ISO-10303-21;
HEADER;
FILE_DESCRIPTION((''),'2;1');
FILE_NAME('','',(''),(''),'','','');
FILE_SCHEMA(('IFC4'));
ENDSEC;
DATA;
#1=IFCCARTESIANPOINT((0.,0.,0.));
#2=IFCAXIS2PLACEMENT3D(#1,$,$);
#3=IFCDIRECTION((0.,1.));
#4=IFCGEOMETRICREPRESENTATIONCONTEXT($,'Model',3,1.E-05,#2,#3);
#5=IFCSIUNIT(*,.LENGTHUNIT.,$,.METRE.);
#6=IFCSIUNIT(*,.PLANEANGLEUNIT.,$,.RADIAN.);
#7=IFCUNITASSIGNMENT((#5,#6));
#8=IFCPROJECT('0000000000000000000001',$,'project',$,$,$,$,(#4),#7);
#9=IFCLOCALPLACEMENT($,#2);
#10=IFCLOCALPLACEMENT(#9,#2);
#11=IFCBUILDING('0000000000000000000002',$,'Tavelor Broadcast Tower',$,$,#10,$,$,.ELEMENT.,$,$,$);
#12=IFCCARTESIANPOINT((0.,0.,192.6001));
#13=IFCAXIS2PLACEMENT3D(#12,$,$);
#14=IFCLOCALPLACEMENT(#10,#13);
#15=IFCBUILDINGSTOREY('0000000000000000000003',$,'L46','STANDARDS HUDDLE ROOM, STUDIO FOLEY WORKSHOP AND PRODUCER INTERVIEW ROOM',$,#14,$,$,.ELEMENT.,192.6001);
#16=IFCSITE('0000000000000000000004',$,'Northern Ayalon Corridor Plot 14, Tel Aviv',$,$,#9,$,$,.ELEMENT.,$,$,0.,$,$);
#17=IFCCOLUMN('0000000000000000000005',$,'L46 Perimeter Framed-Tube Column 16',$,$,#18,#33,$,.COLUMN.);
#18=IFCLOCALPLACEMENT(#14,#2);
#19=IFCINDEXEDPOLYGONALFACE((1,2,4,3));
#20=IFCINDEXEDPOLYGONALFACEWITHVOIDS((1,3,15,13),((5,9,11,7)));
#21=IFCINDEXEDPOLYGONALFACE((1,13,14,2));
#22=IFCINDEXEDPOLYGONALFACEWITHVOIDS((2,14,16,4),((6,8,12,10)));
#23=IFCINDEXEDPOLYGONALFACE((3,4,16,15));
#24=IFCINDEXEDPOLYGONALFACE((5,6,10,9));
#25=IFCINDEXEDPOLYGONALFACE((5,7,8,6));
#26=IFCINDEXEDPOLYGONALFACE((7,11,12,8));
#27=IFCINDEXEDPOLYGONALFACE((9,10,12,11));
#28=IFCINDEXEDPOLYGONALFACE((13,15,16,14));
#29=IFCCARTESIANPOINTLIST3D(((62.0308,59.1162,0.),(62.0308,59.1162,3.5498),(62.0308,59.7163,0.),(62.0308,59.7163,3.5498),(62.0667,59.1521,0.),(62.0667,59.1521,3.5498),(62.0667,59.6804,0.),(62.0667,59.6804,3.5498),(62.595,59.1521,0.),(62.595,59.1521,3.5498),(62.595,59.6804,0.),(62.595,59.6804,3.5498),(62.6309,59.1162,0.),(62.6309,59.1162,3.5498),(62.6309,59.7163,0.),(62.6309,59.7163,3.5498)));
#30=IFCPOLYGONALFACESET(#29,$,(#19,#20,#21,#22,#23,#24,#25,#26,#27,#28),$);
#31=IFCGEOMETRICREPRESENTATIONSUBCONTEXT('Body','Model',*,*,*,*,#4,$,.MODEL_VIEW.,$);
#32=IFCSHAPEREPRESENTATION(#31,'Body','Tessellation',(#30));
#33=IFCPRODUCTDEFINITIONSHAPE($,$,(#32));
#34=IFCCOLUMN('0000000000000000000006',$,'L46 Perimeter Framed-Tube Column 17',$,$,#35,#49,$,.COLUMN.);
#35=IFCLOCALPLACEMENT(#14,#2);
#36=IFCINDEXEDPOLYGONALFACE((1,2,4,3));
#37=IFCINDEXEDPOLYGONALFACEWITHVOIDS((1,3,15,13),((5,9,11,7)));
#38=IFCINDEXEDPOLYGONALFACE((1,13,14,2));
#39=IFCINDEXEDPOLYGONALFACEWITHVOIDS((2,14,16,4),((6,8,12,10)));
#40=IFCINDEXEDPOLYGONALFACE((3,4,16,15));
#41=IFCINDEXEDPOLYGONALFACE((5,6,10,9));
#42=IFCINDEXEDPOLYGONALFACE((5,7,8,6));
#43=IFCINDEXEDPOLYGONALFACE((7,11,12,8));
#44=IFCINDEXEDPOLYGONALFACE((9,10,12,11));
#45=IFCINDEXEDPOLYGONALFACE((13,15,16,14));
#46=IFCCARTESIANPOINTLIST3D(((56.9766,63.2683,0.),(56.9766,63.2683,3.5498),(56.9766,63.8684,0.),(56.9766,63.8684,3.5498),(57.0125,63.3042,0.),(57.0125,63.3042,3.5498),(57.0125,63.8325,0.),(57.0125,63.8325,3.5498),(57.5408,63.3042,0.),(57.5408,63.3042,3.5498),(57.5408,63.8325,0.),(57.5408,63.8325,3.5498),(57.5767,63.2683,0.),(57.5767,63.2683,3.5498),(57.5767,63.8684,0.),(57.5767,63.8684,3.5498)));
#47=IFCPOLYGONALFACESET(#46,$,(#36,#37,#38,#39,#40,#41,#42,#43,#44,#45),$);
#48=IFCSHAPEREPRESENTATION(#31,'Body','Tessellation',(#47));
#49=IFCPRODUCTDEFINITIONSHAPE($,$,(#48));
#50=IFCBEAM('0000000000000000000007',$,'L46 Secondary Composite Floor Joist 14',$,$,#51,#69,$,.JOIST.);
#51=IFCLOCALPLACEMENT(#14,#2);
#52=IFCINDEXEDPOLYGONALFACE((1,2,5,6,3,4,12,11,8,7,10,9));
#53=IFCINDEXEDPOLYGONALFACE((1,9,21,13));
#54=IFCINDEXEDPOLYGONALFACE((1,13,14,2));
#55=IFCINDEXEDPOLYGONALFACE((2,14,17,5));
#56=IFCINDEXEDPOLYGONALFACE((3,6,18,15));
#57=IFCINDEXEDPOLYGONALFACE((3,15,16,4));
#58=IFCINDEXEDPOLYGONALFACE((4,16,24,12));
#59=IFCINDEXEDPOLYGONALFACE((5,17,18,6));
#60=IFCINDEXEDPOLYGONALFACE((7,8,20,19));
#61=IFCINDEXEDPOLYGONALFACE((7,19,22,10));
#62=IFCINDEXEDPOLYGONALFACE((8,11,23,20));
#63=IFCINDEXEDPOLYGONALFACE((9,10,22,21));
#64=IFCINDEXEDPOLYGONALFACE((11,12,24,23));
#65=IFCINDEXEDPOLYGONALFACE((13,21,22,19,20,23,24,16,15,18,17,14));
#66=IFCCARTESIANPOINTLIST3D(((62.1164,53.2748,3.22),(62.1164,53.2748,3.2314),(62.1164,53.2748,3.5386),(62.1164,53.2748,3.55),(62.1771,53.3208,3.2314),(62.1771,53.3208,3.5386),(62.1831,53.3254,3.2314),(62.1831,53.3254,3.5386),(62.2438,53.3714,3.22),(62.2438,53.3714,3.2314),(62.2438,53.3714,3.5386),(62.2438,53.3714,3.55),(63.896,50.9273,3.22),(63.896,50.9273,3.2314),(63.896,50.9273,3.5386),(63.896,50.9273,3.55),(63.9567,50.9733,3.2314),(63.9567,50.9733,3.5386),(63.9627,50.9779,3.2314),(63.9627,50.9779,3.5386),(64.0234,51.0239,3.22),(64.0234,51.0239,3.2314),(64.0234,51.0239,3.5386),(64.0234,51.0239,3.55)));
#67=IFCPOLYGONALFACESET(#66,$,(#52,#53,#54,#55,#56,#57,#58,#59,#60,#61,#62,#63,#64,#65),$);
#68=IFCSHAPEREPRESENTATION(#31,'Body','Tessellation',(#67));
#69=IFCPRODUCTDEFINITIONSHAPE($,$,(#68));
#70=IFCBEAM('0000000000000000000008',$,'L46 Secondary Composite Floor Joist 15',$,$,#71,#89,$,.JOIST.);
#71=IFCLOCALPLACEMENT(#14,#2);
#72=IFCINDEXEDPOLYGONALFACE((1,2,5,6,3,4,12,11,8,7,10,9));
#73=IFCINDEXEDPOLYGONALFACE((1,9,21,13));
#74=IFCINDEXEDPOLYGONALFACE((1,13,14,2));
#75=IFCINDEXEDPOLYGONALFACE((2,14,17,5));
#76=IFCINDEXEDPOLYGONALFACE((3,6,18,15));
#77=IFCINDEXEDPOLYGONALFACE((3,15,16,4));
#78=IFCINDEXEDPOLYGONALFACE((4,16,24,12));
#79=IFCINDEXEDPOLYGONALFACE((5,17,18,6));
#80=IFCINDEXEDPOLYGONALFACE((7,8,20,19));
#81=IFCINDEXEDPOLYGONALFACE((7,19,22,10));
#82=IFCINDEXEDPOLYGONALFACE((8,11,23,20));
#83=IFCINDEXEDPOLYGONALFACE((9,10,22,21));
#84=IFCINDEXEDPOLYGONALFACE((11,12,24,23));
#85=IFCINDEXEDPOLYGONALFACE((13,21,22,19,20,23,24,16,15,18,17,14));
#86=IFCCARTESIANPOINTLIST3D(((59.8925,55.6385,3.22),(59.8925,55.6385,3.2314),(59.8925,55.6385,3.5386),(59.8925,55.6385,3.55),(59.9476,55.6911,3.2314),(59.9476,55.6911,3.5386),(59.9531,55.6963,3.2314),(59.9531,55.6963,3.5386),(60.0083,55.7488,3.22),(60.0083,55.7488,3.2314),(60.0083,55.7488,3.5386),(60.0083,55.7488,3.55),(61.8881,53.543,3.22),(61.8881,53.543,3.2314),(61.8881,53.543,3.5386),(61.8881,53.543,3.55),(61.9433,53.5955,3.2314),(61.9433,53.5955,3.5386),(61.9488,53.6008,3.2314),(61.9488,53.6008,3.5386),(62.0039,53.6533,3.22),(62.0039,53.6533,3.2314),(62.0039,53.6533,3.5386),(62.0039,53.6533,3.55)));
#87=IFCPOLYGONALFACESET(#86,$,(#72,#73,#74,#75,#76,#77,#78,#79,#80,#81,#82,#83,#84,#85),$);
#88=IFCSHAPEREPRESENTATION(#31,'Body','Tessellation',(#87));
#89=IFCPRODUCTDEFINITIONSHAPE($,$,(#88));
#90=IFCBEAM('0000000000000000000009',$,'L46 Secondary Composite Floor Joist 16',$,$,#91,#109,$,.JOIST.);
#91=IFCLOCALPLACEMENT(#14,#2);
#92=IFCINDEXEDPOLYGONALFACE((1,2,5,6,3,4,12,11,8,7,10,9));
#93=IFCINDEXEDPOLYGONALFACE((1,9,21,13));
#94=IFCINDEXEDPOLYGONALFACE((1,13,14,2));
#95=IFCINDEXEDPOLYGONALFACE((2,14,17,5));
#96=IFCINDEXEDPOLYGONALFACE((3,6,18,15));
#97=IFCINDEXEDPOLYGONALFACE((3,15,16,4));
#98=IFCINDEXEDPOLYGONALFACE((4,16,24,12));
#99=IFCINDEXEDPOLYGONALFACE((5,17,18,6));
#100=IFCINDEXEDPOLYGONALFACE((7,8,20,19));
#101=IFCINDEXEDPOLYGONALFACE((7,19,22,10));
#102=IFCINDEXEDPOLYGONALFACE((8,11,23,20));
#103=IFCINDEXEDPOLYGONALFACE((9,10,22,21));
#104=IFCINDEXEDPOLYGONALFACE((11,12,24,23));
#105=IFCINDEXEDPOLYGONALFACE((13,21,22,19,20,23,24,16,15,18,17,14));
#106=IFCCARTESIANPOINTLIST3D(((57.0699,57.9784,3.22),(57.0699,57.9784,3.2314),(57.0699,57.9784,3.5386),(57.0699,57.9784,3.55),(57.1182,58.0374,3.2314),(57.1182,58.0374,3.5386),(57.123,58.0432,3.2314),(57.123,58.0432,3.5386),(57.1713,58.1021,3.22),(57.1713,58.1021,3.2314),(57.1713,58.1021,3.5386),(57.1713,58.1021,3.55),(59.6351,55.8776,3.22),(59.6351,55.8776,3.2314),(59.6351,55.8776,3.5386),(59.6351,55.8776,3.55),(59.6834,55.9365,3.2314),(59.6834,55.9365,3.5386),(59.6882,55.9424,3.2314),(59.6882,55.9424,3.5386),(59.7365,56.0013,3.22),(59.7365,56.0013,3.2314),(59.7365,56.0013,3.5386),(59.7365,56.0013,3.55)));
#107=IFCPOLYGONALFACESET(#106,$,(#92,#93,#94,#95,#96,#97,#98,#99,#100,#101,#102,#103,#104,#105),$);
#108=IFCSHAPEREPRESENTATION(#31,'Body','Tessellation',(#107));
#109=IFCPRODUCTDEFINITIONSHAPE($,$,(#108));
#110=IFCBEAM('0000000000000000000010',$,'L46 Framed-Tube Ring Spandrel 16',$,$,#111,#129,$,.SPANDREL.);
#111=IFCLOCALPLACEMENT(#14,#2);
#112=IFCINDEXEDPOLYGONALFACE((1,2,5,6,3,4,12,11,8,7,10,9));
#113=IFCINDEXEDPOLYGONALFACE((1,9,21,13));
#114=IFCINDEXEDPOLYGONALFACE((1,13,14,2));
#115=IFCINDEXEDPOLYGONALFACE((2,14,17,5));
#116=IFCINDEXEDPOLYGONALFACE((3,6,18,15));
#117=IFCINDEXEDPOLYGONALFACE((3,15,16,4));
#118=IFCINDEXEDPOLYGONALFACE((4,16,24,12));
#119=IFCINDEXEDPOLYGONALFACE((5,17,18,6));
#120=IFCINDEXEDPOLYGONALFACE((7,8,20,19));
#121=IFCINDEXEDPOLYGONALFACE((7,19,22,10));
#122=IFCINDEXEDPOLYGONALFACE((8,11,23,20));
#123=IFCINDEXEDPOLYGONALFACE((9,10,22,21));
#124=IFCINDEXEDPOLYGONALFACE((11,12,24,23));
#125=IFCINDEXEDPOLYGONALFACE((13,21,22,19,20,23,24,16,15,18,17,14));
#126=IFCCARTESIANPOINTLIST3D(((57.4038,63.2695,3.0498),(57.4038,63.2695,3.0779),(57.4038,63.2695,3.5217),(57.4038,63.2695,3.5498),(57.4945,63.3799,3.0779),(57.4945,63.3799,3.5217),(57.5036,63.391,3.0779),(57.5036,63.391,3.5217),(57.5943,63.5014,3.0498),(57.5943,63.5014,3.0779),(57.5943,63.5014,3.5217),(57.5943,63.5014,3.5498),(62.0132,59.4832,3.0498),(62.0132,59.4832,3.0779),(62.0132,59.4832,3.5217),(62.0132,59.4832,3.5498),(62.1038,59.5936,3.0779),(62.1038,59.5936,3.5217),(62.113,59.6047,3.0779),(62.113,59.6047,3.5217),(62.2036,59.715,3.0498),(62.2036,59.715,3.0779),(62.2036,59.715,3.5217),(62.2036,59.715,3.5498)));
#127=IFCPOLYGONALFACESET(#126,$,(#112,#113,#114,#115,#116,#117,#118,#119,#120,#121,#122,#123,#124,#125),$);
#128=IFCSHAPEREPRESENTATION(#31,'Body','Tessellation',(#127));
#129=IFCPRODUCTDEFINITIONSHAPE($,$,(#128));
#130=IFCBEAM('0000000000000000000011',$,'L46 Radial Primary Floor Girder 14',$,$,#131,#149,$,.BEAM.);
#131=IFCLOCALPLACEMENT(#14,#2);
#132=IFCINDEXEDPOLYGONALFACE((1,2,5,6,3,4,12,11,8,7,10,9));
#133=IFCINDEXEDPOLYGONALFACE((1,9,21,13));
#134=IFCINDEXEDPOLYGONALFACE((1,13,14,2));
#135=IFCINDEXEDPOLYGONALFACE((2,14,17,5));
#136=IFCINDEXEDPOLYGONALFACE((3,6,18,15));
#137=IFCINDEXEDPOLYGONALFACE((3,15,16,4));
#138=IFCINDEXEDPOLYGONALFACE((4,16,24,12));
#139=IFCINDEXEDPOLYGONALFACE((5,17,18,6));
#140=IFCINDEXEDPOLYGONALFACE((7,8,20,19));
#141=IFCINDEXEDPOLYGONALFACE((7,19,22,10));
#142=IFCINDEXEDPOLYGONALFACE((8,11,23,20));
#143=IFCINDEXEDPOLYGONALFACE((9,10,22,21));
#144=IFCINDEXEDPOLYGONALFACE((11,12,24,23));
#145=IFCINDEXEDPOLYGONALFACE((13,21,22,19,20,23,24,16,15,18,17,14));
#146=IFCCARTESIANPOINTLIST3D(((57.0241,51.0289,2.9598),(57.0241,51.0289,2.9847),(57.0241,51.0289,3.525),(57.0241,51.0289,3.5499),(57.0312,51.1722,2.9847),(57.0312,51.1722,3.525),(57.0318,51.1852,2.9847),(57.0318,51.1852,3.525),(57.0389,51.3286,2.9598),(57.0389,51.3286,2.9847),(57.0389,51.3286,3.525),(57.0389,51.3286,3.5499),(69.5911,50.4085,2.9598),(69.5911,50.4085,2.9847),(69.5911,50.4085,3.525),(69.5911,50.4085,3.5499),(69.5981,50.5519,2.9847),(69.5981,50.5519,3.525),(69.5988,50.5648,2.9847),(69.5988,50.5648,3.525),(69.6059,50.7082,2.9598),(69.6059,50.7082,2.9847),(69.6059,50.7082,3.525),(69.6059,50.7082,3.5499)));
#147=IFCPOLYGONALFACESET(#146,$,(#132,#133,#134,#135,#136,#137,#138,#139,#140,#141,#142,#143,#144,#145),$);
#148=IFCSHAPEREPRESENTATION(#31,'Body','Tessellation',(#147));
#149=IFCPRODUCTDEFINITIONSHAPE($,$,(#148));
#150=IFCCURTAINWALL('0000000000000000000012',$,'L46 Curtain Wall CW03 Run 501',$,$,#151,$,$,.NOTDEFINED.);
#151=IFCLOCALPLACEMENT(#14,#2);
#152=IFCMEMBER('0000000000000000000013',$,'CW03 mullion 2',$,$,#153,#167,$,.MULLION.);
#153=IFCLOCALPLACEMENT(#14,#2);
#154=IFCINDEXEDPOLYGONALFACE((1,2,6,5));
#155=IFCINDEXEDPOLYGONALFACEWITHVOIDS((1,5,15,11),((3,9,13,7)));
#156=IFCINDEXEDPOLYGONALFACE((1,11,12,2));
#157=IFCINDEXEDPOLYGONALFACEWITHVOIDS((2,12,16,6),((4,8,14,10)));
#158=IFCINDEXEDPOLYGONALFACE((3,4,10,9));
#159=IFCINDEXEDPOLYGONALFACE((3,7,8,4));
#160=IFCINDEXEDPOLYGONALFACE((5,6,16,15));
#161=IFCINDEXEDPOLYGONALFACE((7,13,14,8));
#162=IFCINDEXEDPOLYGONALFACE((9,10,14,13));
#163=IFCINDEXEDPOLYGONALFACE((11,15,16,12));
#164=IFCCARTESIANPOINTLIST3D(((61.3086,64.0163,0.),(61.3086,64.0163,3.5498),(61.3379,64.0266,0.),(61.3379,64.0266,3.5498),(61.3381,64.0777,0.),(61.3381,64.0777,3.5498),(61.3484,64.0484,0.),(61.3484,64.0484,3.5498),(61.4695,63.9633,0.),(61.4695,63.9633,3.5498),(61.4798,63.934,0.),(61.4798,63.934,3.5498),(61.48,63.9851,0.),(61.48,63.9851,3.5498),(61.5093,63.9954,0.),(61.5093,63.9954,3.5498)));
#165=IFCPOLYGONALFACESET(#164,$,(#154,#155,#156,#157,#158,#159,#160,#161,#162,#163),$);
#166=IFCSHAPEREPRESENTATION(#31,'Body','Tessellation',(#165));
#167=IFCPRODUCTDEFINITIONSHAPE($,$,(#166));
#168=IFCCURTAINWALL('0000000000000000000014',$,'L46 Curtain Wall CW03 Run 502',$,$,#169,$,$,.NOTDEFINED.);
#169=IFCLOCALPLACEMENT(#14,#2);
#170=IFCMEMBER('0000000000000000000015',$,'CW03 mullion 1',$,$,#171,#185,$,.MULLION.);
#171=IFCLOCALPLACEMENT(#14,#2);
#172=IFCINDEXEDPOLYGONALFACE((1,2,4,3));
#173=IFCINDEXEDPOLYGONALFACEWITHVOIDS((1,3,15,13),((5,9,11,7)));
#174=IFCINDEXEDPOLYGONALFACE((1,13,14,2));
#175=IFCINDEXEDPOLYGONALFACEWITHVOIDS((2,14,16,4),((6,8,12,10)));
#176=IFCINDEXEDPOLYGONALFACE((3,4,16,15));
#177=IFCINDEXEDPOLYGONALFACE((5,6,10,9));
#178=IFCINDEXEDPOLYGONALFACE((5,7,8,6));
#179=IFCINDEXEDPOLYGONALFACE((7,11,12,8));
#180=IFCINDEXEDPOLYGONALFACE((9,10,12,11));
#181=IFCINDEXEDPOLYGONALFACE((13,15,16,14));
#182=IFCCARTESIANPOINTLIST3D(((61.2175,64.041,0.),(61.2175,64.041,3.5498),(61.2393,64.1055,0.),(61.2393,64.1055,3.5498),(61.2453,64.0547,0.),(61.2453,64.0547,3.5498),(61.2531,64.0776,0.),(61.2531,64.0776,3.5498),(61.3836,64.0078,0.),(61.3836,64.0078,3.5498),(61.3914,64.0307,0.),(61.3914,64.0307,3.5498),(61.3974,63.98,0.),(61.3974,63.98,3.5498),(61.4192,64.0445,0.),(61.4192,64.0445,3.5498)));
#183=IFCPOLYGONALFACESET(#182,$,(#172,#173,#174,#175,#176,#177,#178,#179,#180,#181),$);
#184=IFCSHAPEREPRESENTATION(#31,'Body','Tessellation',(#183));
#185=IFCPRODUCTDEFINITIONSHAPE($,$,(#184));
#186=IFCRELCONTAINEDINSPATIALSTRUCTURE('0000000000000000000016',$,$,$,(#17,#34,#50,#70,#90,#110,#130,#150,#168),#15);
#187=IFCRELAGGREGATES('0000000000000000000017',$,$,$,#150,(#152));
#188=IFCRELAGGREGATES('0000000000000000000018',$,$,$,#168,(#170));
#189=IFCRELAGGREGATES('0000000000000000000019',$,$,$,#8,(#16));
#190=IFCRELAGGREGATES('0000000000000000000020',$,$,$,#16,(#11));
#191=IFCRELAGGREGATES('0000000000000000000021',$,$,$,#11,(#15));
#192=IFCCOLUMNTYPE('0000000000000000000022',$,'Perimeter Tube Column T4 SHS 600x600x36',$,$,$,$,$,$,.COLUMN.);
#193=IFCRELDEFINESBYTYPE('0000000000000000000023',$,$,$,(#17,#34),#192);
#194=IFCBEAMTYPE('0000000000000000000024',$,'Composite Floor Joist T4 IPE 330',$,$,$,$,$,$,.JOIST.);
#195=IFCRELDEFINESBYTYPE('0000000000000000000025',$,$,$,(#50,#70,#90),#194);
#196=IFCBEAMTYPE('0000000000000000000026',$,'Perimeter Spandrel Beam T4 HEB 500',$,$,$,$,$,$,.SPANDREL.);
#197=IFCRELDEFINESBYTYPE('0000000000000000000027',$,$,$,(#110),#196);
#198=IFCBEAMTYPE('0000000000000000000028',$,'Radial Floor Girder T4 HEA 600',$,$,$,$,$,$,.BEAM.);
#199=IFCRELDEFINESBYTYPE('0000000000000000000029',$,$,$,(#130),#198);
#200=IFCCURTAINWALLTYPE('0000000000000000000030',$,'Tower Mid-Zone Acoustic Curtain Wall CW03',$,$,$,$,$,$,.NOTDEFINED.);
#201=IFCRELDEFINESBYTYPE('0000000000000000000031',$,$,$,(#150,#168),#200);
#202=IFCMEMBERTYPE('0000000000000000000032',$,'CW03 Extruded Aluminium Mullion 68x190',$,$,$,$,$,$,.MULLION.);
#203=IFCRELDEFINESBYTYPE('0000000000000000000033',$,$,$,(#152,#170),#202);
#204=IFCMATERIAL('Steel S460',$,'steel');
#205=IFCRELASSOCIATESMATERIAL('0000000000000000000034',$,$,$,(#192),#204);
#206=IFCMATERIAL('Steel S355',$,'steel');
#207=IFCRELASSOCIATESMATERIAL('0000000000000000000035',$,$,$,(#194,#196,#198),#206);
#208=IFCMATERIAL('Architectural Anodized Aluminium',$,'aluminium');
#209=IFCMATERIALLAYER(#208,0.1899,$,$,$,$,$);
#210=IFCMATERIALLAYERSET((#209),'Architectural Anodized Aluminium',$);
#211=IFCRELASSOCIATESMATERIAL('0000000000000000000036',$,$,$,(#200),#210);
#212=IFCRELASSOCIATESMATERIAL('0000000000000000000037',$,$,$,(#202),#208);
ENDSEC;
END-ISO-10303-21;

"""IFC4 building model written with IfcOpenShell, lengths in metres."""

from ifc_helpers import new_model, si_unit, direction, frame, origin, origin_2d, place, context, subcontext, project, spatial, hollow_rectangle, i_section, extrude, source, transform, mapped, material, layer, layer_set, material_profile, profile_set, type_object, type_shapes, element, aggregate, save


model = new_model("IFC4")

# Units and contexts
model_context = context("Model", 3, precision=1e-05, world=origin(), true_north=direction((0.0, 1.0)))
body_context = subcontext(model_context, "Body", "Model", "MODEL_VIEW")
ifc_project = project(units=[si_unit("LENGTHUNIT", "METRE"), si_unit("PLANEANGLEUNIT", "RADIAN")], contexts=[model_context])

# Site, building, storey
site_placement = place(None, origin())
site = spatial("IfcSite", under=ifc_project, at=site_placement, Name="Northern Ayalon Corridor Plot 14, Tel Aviv", CompositionType="ELEMENT", RefElevation=0.0)
building_placement = place(site_placement, origin())
building = spatial("IfcBuilding", under=site, at=building_placement, Name="Tavelor Broadcast Tower", CompositionType="ELEMENT")
storey_placement = place(building_placement, frame((0.0, 0.0, 192.6001)))
storey = spatial("IfcBuildingStorey", under=building, at=storey_placement, Name="L46", Description="STANDARDS HUDDLE ROOM, STUDIO FOLEY WORKSHOP AND PRODUCER INTERVIEW ROOM", CompositionType="ELEMENT", Elevation=192.6001)

# Columns
ifc_material_1 = material(Name="Steel S460", Category="steel")
ifc_material_profile_1 = material_profile(ifc_material_1, hollow_rectangle(XDim=0.6001, YDim=0.6001, WallThickness=0.0359, at=origin_2d()), Name="SHS 600x600x36")
ifc_profile_set_1 = profile_set([ifc_material_profile_1], Name="Steel S460")
column_type = type_object("IfcColumnType", Name="Perimeter Tube Column T4 SHS 600x600x36", PredefinedType="COLUMN", material=ifc_profile_set_1)
for number, where, z_axis, x_axis, name in (
    (1, (62.3308, 59.4163, 0.0), (0.0, 0.0, 1.0), (1.0, 0.0, 0.0), "L46 Perimeter Framed-Tube Column 16"),
    (2, (57.2766, 63.5684, 0.0), (0.0, 0.0, 1.0), (1.0, 0.0, 0.0), "L46 Perimeter Framed-Tube Column 17"),
):
    element("IfcColumn", number, at=place(storey_placement, frame(where, z_axis=z_axis, x_axis=x_axis)), inside=storey, type_object=column_type, Name=name, PredefinedType="COLUMN", context=body_context, shape_type="SweptSolid", body=[
        extrude(hollow_rectangle(XDim=0.6001, YDim=0.6001, WallThickness=0.0359, at=origin_2d()), origin(), (0.0, 0.0, 1.0), 3.5498),
    ])

# Beams
ifc_material_2 = material(Name="Steel S355", Category="steel")
ifc_material_profile_2 = material_profile(ifc_material_2, i_section(OverallWidth=0.1599, OverallDepth=0.3301, WebThickness=0.0076, FlangeThickness=0.0115, at=origin_2d()), Name="IPE 330")
ifc_profile_set_2 = profile_set([ifc_material_profile_2], Name="Steel S355")
beam_type_1 = type_object("IfcBeamType", Name="Composite Floor Joist T4 IPE 330", PredefinedType="JOIST", material=ifc_profile_set_2)
beam_1_placement = place(storey_placement, frame((63.9597, 50.9756, 3.385), z_axis=(-0.604116, 0.796896, 0.0), x_axis=(-0.796896, -0.604116, 0.0)))
element("IfcBeam", 3, at=beam_1_placement, inside=storey, type_object=beam_type_1, Name="L46 Secondary Composite Floor Joist 14", PredefinedType="JOIST", context=body_context, shape_type="SweptSolid", body=[
    extrude(i_section(OverallWidth=0.1599, OverallDepth=0.3301, WebThickness=0.0076, FlangeThickness=0.0115, at=origin_2d()), origin(), (0.0, 0.0, 1.0), 2.9458),
])
beam_2_placement = place(storey_placement, frame((61.946, 53.5981, 3.385), z_axis=(-0.689643, 0.72415, 0.0), x_axis=(-0.72415, -0.689643, 0.0)))
element("IfcBeam", 4, at=beam_2_placement, inside=storey, type_object=beam_type_1, Name="L46 Secondary Composite Floor Joist 15", PredefinedType="JOIST", context=body_context, shape_type="SweptSolid", body=[
    extrude(i_section(OverallWidth=0.1599, OverallDepth=0.3301, WebThickness=0.0076, FlangeThickness=0.0115, at=origin_2d()), origin(), (0.0, 0.0, 1.0), 2.8938),
])
beam_3_placement = place(storey_placement, frame((59.6858, 55.9395, 3.385), z_axis=(-0.773655, 0.633607, 0.0), x_axis=(-0.633607, -0.773655, 0.0)))
element("IfcBeam", 5, at=beam_3_placement, inside=storey, type_object=beam_type_1, Name="L46 Secondary Composite Floor Joist 16", PredefinedType="JOIST", context=body_context, shape_type="SweptSolid", body=[
    extrude(i_section(OverallWidth=0.1599, OverallDepth=0.3301, WebThickness=0.0076, FlangeThickness=0.0115, at=origin_2d()), origin(), (0.0, 0.0, 1.0), 3.3157),
])
ifc_material_profile_3 = material_profile(ifc_material_2, i_section(OverallWidth=0.3, OverallDepth=0.5, WebThickness=0.0144, FlangeThickness=0.0281, at=origin_2d()), Name="HEB 500")
ifc_profile_set_3 = profile_set([ifc_material_profile_3], Name="Steel S355")
beam_type_2 = type_object("IfcBeamType", Name="Perimeter Spandrel Beam T4 HEB 500", PredefinedType="SPANDREL", material=ifc_profile_set_3)
beam_4_placement = place(storey_placement, frame((62.1084, 59.5991, 3.2998), z_axis=(-0.772718, 0.63475, 0.0), x_axis=(-0.63475, -0.772718, 0.0)))
element("IfcBeam", 6, at=beam_4_placement, inside=storey, type_object=beam_type_2, Name="L46 Framed-Tube Ring Spandrel 16", PredefinedType="SPANDREL", context=body_context, shape_type="SweptSolid", body=[
    extrude(i_section(OverallWidth=0.3, OverallDepth=0.5, WebThickness=0.0144, FlangeThickness=0.0281, at=origin_2d()), origin(), (0.0, 0.0, 1.0), 5.9651),
])
ifc_material_profile_4 = material_profile(ifc_material_2, i_section(OverallWidth=0.3, OverallDepth=0.5901, WebThickness=0.0129, FlangeThickness=0.0249, at=origin_2d()), Name="HEA 600")
ifc_profile_set_4 = profile_set([ifc_material_profile_4], Name="Steel S355")
beam_type_3 = type_object("IfcBeamType", Name="Radial Floor Girder T4 HEA 600", PredefinedType="BEAM", material=ifc_profile_set_4)
beam_5_placement = place(storey_placement, frame((57.0315, 51.1787, 3.2549), z_axis=(0.998784, -0.049305, 0.0), x_axis=(0.049305, 0.998784, 0.0)))
element("IfcBeam", 7, at=beam_5_placement, inside=storey, type_object=beam_type_3, Name="L46 Radial Primary Floor Girder 14", PredefinedType="BEAM", context=body_context, shape_type="SweptSolid", body=[
    extrude(i_section(OverallWidth=0.3, OverallDepth=0.5901, WebThickness=0.0129, FlangeThickness=0.0249, at=origin_2d()), origin(), (0.0, 0.0, 1.0), 12.5823),
])

# Curtain wall, member
ifc_material_3 = material(Name="Architectural Anodized Aluminium", Category="aluminium")
ifc_layer_1 = layer(ifc_material_3, 0.1899)
ifc_layer_set_1 = layer_set([ifc_layer_1], Name="Architectural Anodized Aluminium")
curtain_wall_type = type_object("IfcCurtainWallType", Name="Tower Mid-Zone Acoustic Curtain Wall CW03", PredefinedType="NOTDEFINED", material=ifc_layer_set_1)
curtain_wall_1_placement = place(storey_placement, origin())
curtain_wall_1 = element("IfcCurtainWall", 8, at=curtain_wall_1_placement, inside=storey, type_object=curtain_wall_type, Name="L46 Curtain Wall CW03 Run 501", PredefinedType="NOTDEFINED")
ifc_material_profile_5 = material_profile(ifc_material_3, hollow_rectangle(XDim=0.0681, YDim=0.1899, WallThickness=0.022, at=origin_2d()), Name="RHS 68x190x22")
ifc_profile_set_5 = profile_set([ifc_material_profile_5], Name="Architectural Anodized Aluminium")
member_type_1 = type_object("IfcMemberType", Name="CW03 Extruded Aluminium Mullion 68x190", PredefinedType="MULLION", material=ifc_profile_set_5)
shared_shape_1 = source(origin(), body_context, "Body", "SweptSolid", [
    extrude(hollow_rectangle(XDim=0.0681, YDim=0.1899, WallThickness=0.022, at=origin_2d()), origin(), (0.0, 0.0, 1.0), 3.5498),
])
type_shapes(member_type_1, [shared_shape_1])
member_1_placement = place(storey_placement, frame((61.4089, 64.0059, 0.0), z_axis=(0.0, 0.0, 1.0), x_axis=(-0.43326, -0.901269, 0.0)))
member_1 = element("IfcMember", 9, at=member_1_placement, type_object=member_type_1, Name="CW03 mullion 2", PredefinedType="MULLION", context=body_context, shape_type="MappedRepresentation", body=[
    mapped(shared_shape_1, transform((0.0, 0.0, 0.0), scale=1.0)),
])

# Curtain wall, member
curtain_wall_2_placement = place(storey_placement, origin())
curtain_wall_2 = element("IfcCurtainWall", 10, at=curtain_wall_2_placement, inside=storey, type_object=curtain_wall_type, Name="L46 Curtain Wall CW03 Run 502", PredefinedType="NOTDEFINED")
member_2_placement = place(storey_placement, frame((61.3184, 64.0427, 0.0), z_axis=(0.0, 0.0, 1.0), x_axis=(-0.321023, -0.947071, 0.0)))
member_2 = element("IfcMember", 11, at=member_2_placement, type_object=member_type_1, Name="CW03 mullion 1", PredefinedType="MULLION", context=body_context, shape_type="MappedRepresentation", body=[
    mapped(shared_shape_1, transform((0.0, 0.0, 0.0), scale=1.0)),
])

aggregate(curtain_wall_1, [member_1])
aggregate(curtain_wall_2, [member_2])

save(model, "model.ifc")
